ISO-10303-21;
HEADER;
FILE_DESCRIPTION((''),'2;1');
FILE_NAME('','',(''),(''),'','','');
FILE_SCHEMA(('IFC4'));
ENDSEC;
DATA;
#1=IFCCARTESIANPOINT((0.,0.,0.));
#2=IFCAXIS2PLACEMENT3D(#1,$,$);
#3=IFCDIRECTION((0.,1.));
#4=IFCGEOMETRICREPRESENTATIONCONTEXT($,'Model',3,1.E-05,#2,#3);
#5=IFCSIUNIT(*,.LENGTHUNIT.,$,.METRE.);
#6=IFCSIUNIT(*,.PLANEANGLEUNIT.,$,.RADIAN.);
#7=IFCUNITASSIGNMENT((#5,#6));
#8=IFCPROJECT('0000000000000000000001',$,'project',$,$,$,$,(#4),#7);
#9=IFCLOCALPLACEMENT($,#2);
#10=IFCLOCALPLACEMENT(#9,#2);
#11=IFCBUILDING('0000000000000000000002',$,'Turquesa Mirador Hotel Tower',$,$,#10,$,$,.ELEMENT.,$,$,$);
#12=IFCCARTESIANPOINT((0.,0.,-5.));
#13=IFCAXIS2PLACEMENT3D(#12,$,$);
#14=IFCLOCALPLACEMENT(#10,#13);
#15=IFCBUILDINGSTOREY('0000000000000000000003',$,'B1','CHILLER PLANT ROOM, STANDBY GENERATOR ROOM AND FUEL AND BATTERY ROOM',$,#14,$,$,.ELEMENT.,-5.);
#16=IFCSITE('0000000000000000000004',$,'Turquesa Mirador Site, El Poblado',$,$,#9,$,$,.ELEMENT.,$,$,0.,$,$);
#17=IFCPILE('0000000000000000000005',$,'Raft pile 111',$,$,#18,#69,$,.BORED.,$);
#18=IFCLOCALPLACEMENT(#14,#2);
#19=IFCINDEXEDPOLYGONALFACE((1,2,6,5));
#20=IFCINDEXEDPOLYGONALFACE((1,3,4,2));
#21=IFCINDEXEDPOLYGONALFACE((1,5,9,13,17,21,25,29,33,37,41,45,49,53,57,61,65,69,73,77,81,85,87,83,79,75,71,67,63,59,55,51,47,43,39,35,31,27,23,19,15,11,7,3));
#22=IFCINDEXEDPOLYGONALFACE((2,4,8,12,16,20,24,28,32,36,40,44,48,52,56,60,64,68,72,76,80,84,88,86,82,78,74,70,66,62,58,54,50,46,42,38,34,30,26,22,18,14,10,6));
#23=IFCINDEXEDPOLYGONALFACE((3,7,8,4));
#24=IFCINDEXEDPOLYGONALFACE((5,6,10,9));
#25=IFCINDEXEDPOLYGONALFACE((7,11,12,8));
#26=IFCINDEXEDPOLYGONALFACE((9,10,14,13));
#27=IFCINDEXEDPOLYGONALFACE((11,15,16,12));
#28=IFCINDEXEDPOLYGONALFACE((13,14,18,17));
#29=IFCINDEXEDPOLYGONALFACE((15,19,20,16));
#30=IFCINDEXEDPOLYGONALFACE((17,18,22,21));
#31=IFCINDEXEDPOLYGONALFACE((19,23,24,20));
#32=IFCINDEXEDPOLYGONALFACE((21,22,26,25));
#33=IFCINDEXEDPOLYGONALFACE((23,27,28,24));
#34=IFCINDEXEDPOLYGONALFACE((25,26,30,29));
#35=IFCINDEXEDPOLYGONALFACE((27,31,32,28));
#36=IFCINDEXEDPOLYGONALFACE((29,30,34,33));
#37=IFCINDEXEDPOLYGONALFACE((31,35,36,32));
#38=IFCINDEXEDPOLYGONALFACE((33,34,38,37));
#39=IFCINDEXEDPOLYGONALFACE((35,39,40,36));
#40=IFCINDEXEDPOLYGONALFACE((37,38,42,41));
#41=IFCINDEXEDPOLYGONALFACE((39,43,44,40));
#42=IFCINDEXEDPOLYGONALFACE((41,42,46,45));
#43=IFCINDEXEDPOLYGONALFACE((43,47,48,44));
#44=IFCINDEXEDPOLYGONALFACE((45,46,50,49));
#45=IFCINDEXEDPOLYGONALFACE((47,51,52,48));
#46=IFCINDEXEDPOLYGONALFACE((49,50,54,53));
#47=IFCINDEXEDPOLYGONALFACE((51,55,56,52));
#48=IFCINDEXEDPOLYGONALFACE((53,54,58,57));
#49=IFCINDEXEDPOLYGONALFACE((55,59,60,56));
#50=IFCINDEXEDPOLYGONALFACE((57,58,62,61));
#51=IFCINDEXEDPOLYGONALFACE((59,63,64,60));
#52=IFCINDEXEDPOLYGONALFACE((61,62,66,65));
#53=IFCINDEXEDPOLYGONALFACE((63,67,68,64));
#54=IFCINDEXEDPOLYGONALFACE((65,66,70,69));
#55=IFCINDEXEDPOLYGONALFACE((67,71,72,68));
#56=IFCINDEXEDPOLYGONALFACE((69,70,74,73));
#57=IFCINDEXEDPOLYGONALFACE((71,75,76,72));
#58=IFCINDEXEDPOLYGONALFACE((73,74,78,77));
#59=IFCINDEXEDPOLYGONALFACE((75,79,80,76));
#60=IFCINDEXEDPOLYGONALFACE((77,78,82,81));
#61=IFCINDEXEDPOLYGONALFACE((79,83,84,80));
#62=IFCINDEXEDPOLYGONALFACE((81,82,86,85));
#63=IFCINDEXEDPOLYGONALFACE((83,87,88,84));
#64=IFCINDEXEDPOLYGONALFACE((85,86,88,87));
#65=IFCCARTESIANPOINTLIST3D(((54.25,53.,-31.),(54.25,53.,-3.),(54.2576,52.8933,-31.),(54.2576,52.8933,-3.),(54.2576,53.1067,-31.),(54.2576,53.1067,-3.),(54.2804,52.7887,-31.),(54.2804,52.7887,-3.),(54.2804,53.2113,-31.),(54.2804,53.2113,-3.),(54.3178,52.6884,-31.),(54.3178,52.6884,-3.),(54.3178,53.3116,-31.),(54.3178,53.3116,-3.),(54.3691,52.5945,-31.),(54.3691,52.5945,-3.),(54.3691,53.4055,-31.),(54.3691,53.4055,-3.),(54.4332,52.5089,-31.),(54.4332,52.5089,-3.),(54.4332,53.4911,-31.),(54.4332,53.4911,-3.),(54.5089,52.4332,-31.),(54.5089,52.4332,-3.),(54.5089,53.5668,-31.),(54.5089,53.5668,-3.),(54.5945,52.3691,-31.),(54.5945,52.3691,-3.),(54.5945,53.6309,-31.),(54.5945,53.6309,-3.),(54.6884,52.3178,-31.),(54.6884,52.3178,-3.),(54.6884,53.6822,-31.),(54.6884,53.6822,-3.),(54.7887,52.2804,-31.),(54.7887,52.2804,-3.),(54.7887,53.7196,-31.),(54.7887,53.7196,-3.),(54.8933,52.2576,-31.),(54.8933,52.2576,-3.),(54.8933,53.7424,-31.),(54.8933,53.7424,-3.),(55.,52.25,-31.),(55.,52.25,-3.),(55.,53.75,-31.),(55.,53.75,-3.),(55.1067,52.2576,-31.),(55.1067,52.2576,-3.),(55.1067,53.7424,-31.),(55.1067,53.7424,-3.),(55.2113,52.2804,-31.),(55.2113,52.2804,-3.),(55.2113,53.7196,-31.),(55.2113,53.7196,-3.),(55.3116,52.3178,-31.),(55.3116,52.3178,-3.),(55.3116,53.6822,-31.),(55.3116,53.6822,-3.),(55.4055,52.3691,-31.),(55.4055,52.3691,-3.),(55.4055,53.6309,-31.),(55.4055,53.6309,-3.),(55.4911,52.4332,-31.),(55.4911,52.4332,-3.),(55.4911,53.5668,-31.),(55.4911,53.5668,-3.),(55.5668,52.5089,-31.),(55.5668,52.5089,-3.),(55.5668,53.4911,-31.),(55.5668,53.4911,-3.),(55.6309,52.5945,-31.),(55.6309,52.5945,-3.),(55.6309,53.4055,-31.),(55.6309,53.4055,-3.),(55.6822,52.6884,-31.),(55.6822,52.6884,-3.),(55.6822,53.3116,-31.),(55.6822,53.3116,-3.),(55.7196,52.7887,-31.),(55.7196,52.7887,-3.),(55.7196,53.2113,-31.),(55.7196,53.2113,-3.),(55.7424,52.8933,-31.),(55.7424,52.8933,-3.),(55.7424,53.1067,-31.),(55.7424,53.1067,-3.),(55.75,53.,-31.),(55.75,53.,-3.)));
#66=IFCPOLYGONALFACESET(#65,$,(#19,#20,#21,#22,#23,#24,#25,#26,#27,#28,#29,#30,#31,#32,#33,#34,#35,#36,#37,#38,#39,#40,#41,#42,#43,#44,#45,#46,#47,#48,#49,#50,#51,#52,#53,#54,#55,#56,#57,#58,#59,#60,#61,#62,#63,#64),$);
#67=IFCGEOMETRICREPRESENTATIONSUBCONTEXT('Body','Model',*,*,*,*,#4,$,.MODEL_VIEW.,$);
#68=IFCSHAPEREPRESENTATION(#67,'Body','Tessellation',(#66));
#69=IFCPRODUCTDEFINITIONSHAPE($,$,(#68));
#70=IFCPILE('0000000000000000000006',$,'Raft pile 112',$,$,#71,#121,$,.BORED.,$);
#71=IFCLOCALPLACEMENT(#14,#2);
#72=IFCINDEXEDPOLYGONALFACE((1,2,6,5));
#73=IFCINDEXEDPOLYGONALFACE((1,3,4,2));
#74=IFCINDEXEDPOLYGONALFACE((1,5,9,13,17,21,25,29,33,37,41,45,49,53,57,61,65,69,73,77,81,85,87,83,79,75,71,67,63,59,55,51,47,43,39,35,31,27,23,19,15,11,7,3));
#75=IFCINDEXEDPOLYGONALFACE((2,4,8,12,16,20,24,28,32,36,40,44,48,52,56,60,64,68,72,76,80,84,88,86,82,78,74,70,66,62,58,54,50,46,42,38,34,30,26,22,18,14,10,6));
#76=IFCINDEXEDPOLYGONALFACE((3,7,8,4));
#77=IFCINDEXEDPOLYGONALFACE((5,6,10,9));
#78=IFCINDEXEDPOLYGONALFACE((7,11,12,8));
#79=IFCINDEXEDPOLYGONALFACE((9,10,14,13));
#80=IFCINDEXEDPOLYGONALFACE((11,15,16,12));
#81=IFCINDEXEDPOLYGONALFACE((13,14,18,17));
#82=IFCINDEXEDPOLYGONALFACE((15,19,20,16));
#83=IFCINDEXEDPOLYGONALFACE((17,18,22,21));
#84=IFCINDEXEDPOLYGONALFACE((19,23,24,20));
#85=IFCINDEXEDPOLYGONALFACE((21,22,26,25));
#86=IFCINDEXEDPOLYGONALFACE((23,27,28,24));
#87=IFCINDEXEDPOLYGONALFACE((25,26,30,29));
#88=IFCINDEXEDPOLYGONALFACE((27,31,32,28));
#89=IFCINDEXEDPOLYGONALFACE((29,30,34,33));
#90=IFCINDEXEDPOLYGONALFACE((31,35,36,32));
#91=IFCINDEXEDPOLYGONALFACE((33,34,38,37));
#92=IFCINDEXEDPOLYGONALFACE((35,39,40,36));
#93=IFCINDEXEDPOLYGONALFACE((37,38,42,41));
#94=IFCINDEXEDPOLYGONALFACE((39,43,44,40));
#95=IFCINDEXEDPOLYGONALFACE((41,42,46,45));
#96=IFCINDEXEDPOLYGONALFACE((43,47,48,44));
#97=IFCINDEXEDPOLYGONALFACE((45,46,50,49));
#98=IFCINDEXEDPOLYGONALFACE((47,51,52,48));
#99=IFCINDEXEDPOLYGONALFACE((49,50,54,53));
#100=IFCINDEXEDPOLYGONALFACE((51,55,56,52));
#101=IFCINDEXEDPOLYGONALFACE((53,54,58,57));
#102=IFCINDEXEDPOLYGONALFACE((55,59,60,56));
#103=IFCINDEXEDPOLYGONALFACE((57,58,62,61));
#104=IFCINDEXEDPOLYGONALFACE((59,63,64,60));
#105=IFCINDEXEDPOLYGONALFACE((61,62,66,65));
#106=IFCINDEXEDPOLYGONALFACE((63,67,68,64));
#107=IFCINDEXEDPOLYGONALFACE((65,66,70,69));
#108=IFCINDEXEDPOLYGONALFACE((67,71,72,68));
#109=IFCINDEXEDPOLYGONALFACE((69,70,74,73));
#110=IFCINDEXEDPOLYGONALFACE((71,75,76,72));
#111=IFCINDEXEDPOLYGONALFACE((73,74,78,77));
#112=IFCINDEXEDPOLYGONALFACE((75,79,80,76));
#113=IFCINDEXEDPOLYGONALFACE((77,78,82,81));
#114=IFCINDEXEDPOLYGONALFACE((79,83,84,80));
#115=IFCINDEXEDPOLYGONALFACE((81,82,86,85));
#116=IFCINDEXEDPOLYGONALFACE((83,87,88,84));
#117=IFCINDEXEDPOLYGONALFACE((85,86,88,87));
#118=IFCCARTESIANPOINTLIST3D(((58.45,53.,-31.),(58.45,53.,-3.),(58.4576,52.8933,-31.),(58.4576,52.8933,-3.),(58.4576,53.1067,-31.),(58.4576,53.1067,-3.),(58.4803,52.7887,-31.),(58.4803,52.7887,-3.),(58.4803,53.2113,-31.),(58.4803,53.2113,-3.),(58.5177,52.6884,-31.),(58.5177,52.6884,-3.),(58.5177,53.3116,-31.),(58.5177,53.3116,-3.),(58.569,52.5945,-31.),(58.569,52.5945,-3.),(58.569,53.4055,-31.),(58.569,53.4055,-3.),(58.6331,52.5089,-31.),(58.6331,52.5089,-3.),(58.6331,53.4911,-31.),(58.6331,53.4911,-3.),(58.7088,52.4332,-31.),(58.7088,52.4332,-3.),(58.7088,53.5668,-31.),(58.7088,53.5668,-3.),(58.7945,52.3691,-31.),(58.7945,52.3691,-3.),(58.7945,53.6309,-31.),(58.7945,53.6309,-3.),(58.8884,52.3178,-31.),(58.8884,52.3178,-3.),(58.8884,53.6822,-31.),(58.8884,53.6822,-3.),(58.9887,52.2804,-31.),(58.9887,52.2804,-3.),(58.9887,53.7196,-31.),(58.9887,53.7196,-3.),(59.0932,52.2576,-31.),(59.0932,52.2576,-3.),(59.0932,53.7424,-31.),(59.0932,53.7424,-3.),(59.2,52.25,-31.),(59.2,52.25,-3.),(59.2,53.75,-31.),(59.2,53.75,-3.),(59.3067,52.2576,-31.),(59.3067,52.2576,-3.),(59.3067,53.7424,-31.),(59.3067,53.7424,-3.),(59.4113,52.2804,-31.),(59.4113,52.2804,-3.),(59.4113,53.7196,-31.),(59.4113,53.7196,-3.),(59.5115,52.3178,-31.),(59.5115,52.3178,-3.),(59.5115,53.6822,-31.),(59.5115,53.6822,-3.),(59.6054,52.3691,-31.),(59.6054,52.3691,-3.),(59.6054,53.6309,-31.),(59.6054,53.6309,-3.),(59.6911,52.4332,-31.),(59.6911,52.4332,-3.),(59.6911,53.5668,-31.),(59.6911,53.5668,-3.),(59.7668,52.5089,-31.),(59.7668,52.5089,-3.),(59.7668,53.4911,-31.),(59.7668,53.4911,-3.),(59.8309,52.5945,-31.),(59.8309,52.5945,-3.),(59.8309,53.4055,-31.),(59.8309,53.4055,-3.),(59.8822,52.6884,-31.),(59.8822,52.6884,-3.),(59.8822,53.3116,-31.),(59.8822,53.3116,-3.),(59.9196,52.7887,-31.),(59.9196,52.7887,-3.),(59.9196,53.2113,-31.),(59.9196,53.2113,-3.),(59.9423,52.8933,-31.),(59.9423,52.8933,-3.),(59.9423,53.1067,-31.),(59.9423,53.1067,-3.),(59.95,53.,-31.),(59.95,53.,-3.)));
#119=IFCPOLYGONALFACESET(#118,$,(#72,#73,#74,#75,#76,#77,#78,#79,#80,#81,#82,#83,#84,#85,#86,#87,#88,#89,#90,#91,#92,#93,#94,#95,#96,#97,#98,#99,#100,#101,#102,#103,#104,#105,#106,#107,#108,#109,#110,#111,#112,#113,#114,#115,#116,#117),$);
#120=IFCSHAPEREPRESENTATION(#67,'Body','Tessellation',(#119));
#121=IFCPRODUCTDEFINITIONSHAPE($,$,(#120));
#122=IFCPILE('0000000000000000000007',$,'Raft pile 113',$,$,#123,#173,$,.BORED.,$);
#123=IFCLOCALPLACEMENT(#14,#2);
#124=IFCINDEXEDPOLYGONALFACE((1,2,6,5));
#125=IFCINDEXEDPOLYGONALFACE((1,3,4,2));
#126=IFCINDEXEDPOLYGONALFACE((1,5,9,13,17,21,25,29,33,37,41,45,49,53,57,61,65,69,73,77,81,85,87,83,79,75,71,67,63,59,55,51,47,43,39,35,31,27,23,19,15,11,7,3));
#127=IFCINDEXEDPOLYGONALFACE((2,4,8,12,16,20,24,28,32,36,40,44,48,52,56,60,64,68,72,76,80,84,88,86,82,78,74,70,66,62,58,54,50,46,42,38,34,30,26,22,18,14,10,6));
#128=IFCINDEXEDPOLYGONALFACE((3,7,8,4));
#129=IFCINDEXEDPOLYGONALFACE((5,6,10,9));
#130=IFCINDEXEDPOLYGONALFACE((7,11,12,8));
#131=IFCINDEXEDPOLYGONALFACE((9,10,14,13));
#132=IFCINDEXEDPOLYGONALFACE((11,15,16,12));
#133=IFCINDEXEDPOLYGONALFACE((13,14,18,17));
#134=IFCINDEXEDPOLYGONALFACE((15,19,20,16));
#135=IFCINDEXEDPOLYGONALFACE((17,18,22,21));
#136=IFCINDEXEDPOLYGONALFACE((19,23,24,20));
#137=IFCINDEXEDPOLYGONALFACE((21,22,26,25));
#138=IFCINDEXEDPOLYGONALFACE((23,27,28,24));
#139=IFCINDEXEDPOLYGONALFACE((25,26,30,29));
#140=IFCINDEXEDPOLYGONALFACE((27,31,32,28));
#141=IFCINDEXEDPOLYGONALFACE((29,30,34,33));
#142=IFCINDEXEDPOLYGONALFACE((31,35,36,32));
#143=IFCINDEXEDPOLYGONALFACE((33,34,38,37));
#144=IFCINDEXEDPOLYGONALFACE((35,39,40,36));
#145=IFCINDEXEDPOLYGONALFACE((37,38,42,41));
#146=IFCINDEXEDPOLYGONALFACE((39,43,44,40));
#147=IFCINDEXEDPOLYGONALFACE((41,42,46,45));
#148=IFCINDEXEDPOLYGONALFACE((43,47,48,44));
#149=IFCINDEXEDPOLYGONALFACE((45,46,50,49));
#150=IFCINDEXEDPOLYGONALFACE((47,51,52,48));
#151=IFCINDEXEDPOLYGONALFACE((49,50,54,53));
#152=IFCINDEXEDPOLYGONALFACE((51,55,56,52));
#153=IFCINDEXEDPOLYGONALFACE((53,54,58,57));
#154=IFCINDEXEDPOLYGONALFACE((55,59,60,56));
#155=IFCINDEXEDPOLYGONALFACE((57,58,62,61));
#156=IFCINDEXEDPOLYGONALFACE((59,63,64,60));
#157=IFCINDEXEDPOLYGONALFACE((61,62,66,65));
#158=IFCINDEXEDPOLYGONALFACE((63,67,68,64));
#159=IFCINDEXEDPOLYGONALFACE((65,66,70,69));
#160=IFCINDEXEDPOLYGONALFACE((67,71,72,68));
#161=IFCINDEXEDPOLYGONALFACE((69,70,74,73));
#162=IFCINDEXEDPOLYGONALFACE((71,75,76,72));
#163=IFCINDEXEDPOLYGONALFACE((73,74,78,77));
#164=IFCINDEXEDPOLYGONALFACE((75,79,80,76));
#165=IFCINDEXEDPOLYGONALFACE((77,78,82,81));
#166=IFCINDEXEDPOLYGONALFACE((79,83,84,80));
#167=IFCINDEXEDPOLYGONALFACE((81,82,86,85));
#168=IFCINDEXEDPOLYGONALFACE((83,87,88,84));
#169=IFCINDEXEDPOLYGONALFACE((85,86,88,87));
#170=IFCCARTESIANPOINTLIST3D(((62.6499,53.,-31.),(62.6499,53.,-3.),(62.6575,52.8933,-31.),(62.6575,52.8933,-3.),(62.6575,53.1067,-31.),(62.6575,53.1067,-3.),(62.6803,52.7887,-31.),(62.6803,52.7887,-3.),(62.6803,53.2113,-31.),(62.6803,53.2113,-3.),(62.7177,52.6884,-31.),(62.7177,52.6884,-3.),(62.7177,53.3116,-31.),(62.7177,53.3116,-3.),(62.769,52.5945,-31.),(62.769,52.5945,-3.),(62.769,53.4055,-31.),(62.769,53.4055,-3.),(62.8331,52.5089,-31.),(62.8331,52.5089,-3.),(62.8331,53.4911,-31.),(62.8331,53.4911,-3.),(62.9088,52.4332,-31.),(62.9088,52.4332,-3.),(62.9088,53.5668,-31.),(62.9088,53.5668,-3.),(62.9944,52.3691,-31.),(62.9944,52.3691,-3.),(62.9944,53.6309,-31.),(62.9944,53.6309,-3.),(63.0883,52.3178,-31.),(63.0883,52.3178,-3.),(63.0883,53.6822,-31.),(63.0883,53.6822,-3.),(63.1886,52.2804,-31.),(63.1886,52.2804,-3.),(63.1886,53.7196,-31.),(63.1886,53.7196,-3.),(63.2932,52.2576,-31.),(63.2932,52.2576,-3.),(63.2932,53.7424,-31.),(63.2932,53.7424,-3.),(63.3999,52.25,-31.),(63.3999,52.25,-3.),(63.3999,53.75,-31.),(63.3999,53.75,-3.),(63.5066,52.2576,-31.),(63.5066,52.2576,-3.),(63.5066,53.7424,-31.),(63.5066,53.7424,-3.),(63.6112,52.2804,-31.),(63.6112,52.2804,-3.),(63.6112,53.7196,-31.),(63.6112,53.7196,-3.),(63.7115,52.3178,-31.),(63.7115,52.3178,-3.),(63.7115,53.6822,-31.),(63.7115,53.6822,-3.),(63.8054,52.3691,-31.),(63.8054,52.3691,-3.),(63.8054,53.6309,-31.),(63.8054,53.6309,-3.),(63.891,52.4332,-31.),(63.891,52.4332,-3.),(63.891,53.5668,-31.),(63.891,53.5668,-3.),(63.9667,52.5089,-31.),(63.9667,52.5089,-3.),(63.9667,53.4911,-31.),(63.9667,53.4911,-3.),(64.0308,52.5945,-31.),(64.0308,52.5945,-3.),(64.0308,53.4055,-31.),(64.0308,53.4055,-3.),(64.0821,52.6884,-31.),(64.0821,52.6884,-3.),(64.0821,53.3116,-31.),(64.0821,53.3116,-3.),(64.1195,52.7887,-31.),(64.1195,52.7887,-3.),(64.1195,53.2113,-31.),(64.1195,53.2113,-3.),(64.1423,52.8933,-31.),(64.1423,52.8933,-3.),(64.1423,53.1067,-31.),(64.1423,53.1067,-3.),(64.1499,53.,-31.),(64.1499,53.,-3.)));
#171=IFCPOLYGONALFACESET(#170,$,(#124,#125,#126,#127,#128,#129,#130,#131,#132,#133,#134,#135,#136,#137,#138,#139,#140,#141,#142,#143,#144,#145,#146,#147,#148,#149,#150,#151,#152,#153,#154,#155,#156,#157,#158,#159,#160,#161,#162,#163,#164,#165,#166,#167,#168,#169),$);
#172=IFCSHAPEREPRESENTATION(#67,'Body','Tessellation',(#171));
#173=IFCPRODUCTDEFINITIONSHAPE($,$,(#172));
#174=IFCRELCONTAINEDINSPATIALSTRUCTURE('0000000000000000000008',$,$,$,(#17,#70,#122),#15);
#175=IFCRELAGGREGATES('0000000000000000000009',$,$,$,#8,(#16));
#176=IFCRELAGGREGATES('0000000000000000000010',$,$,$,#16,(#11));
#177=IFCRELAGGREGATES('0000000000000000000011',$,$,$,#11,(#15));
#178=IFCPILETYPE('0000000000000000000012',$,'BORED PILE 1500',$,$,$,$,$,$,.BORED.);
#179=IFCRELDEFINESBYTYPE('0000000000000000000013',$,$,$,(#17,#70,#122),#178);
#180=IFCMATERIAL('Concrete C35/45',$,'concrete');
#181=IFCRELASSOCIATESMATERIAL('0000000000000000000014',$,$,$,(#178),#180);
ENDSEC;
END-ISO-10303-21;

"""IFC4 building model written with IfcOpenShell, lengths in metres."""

from ifc_helpers import new_model, si_unit, direction, frame, origin, origin_2d, place, context, subcontext, project, spatial, circle, extrude, material, type_object, element, save


model = new_model("IFC4")

# Units and contexts
model_context = context("Model", 3, precision=1e-05, world=origin(), true_north=direction((0.0, 1.0)))
body_context = subcontext(model_context, "Body", "Model", "MODEL_VIEW")
ifc_project = project(units=[si_unit("LENGTHUNIT", "METRE"), si_unit("PLANEANGLEUNIT", "RADIAN")], contexts=[model_context])

# Site, building, storey
site_placement = place(None, origin())
site = spatial("IfcSite", under=ifc_project, at=site_placement, Name="Turquesa Mirador Site, El Poblado", CompositionType="ELEMENT", RefElevation=0.0)
building_placement = place(site_placement, origin())
building = spatial("IfcBuilding", under=site, at=building_placement, Name="Turquesa Mirador Hotel Tower", CompositionType="ELEMENT")
storey_placement = place(building_placement, frame((0.0, 0.0, -5.0)))
storey = spatial("IfcBuildingStorey", under=building, at=storey_placement, Name="B1", Description="CHILLER PLANT ROOM, STANDBY GENERATOR ROOM AND FUEL AND BATTERY ROOM", CompositionType="ELEMENT", Elevation=-5.0)

# Piles
ifc_material_1 = material(Name="Concrete C35/45", Category="concrete")
pile_type = type_object("IfcPileType", Name="BORED PILE 1500", PredefinedType="BORED", material=ifc_material_1)
for number, where, z_axis, x_axis, name in (
    (1, (55.0, 53.0, -3.0), (0.0, 0.0, -1.0), (1.0, 0.0, 0.0), "Raft pile 111"),
    (2, (59.2, 53.0, -3.0), (0.0, 0.0, -1.0), (1.0, 0.0, 0.0), "Raft pile 112"),
    (3, (63.3999, 53.0, -3.0), (0.0, 0.0, -1.0), (1.0, 0.0, 0.0), "Raft pile 113"),
):
    element("IfcPile", number, at=place(storey_placement, frame(where, z_axis=z_axis, x_axis=x_axis)), inside=storey, type_object=pile_type, Name=name, PredefinedType="BORED", context=body_context, shape_type="SweptSolid", body=[
        extrude(circle(Radius=0.75, at=origin_2d()), origin(), (0.0, 0.0, 1.0), 28.0),
    ])

save(model, "model.ifc")
